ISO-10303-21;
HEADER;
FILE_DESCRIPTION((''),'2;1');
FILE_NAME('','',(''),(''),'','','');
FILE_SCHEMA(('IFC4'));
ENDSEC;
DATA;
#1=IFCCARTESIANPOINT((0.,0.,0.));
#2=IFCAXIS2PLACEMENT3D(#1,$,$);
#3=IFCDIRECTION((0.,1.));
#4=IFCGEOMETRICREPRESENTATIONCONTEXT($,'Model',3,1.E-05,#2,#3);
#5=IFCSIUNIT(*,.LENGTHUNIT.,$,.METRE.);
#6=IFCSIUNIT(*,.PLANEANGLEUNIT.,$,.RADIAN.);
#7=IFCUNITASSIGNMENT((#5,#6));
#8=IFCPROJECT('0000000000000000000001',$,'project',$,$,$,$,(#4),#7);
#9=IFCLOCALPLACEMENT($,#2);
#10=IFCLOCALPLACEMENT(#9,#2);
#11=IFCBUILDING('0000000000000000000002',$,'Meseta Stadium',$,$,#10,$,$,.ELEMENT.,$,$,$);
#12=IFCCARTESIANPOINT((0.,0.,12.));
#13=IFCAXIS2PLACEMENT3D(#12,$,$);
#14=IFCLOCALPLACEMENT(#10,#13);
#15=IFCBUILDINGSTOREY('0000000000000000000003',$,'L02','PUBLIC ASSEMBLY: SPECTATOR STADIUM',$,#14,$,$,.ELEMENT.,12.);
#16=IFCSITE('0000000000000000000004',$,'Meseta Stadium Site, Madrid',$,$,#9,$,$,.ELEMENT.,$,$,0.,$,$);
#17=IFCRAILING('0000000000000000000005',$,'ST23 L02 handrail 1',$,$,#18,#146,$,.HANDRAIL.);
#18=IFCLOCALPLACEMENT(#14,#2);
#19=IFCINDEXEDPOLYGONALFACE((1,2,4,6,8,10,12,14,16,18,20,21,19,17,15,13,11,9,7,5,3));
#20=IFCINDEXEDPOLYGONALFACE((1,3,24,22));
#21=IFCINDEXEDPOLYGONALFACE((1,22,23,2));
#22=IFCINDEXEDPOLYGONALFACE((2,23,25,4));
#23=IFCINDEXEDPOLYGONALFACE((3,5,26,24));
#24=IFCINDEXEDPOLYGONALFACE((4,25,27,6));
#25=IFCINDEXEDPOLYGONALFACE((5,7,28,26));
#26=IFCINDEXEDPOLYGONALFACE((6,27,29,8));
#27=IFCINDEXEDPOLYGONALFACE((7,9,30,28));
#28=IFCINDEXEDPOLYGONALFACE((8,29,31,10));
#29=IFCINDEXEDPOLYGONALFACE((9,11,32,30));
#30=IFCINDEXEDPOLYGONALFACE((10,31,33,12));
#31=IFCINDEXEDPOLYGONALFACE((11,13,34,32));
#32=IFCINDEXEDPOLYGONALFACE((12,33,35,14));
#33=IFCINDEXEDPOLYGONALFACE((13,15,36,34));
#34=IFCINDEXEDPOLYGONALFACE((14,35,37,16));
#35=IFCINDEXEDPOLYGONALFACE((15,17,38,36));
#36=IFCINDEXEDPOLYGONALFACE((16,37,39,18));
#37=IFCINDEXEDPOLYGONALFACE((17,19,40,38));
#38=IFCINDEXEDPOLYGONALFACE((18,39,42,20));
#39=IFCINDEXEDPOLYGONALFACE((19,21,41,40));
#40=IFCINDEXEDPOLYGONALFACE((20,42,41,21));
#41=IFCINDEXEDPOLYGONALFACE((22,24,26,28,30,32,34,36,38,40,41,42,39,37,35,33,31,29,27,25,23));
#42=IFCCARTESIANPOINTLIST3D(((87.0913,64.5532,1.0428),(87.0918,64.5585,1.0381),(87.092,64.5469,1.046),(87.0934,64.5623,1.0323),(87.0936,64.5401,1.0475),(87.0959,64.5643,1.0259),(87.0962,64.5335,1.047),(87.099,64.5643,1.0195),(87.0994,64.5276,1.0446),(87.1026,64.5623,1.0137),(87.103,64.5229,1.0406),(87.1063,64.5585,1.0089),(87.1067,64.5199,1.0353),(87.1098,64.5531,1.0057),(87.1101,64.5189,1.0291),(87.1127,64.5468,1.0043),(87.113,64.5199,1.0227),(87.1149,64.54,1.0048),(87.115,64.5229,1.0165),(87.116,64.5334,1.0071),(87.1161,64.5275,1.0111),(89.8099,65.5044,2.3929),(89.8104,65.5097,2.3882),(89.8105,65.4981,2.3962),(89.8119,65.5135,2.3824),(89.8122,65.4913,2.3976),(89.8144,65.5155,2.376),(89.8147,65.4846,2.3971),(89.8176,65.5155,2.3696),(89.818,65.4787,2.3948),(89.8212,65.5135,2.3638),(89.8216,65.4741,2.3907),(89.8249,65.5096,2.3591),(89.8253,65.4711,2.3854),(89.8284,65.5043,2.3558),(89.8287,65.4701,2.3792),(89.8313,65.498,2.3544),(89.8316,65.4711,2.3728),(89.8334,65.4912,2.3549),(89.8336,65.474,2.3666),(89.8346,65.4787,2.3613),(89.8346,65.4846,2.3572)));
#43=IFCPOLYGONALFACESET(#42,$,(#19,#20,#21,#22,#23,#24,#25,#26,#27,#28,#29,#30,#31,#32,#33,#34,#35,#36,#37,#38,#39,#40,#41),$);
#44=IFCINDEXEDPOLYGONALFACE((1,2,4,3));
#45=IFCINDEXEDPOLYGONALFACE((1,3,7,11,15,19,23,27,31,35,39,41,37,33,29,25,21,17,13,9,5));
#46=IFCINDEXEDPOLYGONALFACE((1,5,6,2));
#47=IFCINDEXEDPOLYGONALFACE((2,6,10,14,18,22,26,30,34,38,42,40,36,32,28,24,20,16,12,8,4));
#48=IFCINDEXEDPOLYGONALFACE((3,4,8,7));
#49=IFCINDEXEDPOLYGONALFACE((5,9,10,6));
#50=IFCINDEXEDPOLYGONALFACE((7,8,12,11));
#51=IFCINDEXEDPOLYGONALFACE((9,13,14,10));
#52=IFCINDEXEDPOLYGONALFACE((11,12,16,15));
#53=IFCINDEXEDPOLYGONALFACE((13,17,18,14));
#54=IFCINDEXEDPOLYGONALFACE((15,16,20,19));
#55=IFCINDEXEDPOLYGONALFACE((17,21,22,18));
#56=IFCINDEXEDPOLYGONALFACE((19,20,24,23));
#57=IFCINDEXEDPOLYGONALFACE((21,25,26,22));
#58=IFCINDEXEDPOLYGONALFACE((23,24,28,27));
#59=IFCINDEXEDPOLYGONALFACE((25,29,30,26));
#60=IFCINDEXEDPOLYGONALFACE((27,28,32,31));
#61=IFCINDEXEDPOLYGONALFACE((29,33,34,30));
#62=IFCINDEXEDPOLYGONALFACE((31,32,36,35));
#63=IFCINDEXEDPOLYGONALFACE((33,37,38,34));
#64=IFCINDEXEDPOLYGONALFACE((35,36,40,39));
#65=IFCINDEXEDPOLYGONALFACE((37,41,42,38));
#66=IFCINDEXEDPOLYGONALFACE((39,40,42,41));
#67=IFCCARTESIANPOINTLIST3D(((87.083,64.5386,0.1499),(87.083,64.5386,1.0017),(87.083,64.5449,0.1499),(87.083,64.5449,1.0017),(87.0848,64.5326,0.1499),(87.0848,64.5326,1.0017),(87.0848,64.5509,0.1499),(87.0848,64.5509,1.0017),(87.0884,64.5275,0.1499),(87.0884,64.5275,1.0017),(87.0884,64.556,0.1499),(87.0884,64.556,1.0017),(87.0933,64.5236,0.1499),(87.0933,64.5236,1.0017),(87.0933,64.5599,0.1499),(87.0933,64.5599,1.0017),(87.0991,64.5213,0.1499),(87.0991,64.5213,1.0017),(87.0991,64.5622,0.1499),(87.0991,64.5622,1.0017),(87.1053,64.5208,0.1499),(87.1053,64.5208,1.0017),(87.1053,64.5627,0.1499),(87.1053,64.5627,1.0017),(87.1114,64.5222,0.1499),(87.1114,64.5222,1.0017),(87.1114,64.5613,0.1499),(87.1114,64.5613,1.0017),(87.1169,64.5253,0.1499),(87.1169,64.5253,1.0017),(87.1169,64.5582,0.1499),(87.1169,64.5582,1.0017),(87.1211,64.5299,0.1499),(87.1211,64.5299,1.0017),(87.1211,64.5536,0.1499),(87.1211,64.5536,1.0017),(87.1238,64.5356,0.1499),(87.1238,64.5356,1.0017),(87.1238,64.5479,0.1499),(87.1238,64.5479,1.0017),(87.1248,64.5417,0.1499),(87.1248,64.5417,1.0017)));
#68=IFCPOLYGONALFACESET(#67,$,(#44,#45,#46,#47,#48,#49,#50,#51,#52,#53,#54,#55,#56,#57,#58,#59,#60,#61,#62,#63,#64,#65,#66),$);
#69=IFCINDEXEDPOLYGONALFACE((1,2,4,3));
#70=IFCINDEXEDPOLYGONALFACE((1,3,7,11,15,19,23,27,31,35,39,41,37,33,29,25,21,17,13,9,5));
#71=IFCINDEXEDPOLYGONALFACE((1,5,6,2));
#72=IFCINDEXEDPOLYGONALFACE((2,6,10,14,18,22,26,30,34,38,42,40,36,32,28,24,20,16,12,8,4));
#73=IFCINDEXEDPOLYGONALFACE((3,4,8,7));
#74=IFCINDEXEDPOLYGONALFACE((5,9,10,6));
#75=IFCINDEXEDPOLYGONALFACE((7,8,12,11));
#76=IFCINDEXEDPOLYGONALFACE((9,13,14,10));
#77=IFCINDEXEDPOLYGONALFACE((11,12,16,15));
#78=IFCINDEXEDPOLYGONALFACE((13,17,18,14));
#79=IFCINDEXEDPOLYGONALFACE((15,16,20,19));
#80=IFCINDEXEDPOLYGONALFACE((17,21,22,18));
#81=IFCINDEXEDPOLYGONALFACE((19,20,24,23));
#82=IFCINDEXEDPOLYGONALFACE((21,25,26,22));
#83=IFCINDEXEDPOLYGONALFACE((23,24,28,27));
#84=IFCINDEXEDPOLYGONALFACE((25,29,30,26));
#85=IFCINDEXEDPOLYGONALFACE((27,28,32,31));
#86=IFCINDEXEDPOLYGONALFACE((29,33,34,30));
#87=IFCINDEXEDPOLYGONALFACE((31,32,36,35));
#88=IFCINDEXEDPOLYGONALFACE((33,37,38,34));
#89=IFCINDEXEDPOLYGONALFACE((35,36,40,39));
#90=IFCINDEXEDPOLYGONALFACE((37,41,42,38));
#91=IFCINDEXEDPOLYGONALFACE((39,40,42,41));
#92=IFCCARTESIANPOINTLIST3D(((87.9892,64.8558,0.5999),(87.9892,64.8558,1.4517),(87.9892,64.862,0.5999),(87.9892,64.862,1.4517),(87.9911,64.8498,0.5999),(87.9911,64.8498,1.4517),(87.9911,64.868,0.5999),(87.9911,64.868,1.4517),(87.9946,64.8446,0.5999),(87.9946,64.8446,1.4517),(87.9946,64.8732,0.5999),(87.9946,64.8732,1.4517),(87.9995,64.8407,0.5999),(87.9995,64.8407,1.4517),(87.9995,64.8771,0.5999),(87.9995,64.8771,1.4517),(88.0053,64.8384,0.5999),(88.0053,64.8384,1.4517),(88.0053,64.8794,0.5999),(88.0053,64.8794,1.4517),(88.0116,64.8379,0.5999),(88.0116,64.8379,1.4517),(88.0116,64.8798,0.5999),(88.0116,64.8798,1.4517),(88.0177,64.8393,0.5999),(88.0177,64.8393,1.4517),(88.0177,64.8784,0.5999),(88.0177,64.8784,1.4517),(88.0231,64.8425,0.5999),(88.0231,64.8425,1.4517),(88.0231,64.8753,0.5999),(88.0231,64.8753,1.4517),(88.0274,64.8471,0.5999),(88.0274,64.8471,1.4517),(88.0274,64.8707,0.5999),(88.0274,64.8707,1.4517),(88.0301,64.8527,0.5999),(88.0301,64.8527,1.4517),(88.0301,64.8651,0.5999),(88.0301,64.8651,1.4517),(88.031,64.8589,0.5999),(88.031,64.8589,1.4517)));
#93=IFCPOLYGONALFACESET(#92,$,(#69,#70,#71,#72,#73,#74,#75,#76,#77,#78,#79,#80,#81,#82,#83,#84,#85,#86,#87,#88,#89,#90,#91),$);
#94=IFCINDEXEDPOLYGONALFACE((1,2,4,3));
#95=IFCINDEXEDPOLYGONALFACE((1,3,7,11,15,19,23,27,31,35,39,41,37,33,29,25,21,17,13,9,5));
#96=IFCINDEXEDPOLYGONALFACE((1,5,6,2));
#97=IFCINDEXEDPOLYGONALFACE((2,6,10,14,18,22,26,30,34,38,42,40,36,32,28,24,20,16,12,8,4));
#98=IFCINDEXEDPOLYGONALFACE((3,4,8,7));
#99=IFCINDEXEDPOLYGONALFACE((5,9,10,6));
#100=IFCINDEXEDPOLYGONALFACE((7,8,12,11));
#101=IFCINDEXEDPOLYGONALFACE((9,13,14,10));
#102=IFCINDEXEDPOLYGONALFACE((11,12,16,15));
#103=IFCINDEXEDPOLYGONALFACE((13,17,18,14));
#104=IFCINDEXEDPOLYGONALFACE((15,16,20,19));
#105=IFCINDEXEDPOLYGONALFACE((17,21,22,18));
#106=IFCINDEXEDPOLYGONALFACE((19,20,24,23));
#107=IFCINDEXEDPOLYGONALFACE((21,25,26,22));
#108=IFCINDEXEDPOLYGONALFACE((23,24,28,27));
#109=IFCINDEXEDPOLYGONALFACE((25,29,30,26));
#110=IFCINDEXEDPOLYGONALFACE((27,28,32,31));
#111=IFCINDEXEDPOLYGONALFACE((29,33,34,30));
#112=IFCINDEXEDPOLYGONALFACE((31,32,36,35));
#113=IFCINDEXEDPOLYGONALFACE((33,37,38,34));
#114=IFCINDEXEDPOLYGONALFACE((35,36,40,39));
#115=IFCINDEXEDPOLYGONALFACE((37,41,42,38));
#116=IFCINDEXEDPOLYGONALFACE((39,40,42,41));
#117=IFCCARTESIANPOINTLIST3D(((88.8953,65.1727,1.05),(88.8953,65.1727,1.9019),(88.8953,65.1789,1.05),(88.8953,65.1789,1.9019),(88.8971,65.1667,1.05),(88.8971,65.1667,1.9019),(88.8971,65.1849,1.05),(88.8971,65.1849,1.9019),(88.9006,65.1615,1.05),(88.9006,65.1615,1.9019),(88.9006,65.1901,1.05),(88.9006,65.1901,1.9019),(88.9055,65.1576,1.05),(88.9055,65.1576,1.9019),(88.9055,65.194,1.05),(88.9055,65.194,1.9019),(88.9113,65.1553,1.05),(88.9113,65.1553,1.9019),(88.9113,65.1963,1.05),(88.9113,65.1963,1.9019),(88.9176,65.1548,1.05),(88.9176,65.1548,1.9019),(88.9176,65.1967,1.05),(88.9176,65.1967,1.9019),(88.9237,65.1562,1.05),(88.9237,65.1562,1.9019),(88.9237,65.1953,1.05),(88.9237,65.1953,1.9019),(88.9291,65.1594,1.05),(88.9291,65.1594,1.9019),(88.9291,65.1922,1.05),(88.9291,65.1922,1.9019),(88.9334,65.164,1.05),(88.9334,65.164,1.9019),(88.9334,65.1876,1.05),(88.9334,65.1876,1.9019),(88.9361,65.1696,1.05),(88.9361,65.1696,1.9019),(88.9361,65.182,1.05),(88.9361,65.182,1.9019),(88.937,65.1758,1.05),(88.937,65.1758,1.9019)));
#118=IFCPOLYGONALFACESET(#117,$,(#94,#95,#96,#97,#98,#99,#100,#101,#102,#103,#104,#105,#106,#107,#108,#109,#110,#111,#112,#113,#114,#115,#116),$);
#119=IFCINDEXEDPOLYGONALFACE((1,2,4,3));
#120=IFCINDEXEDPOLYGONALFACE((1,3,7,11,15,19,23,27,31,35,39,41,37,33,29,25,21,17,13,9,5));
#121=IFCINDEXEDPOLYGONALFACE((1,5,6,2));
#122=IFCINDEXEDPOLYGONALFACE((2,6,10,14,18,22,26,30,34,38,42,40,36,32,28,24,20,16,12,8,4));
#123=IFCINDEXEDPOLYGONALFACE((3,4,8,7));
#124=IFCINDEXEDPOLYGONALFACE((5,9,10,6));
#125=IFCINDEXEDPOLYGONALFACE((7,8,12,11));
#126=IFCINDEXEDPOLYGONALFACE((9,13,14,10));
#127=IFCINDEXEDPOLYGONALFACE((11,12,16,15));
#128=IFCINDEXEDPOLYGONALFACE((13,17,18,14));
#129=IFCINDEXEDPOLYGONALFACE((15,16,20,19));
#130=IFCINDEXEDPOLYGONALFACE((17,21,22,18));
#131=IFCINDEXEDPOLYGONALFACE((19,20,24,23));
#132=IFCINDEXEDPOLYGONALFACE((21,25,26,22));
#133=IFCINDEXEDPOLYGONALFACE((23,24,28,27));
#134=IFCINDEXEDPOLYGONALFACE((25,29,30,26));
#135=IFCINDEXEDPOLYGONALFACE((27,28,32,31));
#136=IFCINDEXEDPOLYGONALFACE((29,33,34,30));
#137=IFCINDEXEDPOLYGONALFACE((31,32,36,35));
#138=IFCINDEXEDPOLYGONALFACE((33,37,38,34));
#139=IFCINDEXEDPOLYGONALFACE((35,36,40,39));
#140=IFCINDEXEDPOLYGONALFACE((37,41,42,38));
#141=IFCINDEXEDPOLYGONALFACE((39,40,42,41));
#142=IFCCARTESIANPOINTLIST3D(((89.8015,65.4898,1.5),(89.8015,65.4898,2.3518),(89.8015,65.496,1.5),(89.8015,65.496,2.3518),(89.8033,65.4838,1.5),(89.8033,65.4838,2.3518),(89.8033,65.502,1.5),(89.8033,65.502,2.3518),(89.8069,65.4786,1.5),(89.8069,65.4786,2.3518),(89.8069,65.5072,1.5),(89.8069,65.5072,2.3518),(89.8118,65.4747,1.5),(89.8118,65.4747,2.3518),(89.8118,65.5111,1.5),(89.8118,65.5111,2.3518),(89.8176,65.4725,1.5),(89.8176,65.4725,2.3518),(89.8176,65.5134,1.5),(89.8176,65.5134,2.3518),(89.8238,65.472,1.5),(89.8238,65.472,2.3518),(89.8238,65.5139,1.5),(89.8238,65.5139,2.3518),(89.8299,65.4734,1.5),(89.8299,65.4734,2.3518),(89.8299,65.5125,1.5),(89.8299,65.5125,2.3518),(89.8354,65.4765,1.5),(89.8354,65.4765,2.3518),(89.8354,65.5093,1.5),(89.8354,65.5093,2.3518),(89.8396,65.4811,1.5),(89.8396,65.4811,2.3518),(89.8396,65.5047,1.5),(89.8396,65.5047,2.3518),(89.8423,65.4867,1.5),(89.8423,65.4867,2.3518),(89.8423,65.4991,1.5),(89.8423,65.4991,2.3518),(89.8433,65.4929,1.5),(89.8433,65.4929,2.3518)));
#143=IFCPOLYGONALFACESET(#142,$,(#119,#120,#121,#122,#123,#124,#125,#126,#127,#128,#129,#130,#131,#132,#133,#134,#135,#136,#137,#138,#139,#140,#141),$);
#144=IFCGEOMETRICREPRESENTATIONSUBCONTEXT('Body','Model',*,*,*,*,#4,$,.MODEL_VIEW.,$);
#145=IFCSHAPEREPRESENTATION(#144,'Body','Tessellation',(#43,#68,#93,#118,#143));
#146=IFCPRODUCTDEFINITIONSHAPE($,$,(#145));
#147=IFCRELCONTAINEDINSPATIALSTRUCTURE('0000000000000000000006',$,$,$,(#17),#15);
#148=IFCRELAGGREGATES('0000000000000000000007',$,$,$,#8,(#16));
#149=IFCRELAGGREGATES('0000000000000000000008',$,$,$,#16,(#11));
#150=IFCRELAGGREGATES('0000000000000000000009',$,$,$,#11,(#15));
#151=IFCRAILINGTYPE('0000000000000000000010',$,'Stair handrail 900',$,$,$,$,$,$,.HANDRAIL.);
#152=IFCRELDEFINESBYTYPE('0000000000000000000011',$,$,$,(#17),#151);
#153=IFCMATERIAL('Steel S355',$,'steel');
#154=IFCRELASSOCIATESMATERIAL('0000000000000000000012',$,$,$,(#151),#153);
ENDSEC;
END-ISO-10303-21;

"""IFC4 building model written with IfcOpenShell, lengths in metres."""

from ifc_helpers import new_model, si_unit, direction, frame, origin, origin_2d, place, context, subcontext, project, spatial, circle, extrude, material, type_object, element, save


model = new_model("IFC4")

# Units and contexts
model_context = context("Model", 3, precision=1e-05, world=origin(), true_north=direction((0.0, 1.0)))
body_context = subcontext(model_context, "Body", "Model", "MODEL_VIEW")
ifc_project = project(units=[si_unit("LENGTHUNIT", "METRE"), si_unit("PLANEANGLEUNIT", "RADIAN")], contexts=[model_context])

# Site, building, storey
site_placement = place(None, origin())
site = spatial("IfcSite", under=ifc_project, at=site_placement, Name="Meseta Stadium Site, Madrid", CompositionType="ELEMENT", RefElevation=0.0)
building_placement = place(site_placement, origin())
building = spatial("IfcBuilding", under=site, at=building_placement, Name="Meseta Stadium", CompositionType="ELEMENT")
storey_placement = place(building_placement, frame((0.0, 0.0, 12.0)))
storey = spatial("IfcBuildingStorey", under=building, at=storey_placement, Name="L02", Description="PUBLIC ASSEMBLY: SPECTATOR STADIUM", CompositionType="ELEMENT", Elevation=12.0)

# Railing
ifc_material_1 = material(Name="Steel S355", Category="steel")
railing_type_1 = type_object("IfcRailingType", Name="Stair handrail 900", PredefinedType="HANDRAIL", material=ifc_material_1)
railing_1_placement = place(storey_placement, frame((87.1038, 64.5417, 0.1499)))
element("IfcRailing", 1, at=railing_1_placement, inside=storey, type_object=railing_type_1, Name="ST23 L02 handrail 1", PredefinedType="HANDRAIL", context=body_context, shape_type="SweptSolid", body=[
    extrude(circle(Radius=0.0239, at=origin_2d()), frame((0.0, 0.0, 0.876), z_axis=(0.854649, 0.299031, 0.424446), x_axis=(-0.330256, 0.943891, 0.0)), (0.0, 0.0, 1.0), 3.1809),
    extrude(circle(Radius=0.021, at=origin_2d()), origin(), (0.0, 0.0, 1.0), 0.8518),
    extrude(circle(Radius=0.021, at=origin_2d()), frame((0.9062, 0.3171, 0.45)), (0.0, 0.0, 1.0), 0.8518),
    extrude(circle(Radius=0.021, at=origin_2d()), frame((1.8123, 0.634, 0.9001)), (0.0, 0.0, 1.0), 0.8518),
    extrude(circle(Radius=0.021, at=origin_2d()), frame((2.7185, 0.9512, 1.3501)), (0.0, 0.0, 1.0), 0.8518),
])

save(model, "model.ifc")
